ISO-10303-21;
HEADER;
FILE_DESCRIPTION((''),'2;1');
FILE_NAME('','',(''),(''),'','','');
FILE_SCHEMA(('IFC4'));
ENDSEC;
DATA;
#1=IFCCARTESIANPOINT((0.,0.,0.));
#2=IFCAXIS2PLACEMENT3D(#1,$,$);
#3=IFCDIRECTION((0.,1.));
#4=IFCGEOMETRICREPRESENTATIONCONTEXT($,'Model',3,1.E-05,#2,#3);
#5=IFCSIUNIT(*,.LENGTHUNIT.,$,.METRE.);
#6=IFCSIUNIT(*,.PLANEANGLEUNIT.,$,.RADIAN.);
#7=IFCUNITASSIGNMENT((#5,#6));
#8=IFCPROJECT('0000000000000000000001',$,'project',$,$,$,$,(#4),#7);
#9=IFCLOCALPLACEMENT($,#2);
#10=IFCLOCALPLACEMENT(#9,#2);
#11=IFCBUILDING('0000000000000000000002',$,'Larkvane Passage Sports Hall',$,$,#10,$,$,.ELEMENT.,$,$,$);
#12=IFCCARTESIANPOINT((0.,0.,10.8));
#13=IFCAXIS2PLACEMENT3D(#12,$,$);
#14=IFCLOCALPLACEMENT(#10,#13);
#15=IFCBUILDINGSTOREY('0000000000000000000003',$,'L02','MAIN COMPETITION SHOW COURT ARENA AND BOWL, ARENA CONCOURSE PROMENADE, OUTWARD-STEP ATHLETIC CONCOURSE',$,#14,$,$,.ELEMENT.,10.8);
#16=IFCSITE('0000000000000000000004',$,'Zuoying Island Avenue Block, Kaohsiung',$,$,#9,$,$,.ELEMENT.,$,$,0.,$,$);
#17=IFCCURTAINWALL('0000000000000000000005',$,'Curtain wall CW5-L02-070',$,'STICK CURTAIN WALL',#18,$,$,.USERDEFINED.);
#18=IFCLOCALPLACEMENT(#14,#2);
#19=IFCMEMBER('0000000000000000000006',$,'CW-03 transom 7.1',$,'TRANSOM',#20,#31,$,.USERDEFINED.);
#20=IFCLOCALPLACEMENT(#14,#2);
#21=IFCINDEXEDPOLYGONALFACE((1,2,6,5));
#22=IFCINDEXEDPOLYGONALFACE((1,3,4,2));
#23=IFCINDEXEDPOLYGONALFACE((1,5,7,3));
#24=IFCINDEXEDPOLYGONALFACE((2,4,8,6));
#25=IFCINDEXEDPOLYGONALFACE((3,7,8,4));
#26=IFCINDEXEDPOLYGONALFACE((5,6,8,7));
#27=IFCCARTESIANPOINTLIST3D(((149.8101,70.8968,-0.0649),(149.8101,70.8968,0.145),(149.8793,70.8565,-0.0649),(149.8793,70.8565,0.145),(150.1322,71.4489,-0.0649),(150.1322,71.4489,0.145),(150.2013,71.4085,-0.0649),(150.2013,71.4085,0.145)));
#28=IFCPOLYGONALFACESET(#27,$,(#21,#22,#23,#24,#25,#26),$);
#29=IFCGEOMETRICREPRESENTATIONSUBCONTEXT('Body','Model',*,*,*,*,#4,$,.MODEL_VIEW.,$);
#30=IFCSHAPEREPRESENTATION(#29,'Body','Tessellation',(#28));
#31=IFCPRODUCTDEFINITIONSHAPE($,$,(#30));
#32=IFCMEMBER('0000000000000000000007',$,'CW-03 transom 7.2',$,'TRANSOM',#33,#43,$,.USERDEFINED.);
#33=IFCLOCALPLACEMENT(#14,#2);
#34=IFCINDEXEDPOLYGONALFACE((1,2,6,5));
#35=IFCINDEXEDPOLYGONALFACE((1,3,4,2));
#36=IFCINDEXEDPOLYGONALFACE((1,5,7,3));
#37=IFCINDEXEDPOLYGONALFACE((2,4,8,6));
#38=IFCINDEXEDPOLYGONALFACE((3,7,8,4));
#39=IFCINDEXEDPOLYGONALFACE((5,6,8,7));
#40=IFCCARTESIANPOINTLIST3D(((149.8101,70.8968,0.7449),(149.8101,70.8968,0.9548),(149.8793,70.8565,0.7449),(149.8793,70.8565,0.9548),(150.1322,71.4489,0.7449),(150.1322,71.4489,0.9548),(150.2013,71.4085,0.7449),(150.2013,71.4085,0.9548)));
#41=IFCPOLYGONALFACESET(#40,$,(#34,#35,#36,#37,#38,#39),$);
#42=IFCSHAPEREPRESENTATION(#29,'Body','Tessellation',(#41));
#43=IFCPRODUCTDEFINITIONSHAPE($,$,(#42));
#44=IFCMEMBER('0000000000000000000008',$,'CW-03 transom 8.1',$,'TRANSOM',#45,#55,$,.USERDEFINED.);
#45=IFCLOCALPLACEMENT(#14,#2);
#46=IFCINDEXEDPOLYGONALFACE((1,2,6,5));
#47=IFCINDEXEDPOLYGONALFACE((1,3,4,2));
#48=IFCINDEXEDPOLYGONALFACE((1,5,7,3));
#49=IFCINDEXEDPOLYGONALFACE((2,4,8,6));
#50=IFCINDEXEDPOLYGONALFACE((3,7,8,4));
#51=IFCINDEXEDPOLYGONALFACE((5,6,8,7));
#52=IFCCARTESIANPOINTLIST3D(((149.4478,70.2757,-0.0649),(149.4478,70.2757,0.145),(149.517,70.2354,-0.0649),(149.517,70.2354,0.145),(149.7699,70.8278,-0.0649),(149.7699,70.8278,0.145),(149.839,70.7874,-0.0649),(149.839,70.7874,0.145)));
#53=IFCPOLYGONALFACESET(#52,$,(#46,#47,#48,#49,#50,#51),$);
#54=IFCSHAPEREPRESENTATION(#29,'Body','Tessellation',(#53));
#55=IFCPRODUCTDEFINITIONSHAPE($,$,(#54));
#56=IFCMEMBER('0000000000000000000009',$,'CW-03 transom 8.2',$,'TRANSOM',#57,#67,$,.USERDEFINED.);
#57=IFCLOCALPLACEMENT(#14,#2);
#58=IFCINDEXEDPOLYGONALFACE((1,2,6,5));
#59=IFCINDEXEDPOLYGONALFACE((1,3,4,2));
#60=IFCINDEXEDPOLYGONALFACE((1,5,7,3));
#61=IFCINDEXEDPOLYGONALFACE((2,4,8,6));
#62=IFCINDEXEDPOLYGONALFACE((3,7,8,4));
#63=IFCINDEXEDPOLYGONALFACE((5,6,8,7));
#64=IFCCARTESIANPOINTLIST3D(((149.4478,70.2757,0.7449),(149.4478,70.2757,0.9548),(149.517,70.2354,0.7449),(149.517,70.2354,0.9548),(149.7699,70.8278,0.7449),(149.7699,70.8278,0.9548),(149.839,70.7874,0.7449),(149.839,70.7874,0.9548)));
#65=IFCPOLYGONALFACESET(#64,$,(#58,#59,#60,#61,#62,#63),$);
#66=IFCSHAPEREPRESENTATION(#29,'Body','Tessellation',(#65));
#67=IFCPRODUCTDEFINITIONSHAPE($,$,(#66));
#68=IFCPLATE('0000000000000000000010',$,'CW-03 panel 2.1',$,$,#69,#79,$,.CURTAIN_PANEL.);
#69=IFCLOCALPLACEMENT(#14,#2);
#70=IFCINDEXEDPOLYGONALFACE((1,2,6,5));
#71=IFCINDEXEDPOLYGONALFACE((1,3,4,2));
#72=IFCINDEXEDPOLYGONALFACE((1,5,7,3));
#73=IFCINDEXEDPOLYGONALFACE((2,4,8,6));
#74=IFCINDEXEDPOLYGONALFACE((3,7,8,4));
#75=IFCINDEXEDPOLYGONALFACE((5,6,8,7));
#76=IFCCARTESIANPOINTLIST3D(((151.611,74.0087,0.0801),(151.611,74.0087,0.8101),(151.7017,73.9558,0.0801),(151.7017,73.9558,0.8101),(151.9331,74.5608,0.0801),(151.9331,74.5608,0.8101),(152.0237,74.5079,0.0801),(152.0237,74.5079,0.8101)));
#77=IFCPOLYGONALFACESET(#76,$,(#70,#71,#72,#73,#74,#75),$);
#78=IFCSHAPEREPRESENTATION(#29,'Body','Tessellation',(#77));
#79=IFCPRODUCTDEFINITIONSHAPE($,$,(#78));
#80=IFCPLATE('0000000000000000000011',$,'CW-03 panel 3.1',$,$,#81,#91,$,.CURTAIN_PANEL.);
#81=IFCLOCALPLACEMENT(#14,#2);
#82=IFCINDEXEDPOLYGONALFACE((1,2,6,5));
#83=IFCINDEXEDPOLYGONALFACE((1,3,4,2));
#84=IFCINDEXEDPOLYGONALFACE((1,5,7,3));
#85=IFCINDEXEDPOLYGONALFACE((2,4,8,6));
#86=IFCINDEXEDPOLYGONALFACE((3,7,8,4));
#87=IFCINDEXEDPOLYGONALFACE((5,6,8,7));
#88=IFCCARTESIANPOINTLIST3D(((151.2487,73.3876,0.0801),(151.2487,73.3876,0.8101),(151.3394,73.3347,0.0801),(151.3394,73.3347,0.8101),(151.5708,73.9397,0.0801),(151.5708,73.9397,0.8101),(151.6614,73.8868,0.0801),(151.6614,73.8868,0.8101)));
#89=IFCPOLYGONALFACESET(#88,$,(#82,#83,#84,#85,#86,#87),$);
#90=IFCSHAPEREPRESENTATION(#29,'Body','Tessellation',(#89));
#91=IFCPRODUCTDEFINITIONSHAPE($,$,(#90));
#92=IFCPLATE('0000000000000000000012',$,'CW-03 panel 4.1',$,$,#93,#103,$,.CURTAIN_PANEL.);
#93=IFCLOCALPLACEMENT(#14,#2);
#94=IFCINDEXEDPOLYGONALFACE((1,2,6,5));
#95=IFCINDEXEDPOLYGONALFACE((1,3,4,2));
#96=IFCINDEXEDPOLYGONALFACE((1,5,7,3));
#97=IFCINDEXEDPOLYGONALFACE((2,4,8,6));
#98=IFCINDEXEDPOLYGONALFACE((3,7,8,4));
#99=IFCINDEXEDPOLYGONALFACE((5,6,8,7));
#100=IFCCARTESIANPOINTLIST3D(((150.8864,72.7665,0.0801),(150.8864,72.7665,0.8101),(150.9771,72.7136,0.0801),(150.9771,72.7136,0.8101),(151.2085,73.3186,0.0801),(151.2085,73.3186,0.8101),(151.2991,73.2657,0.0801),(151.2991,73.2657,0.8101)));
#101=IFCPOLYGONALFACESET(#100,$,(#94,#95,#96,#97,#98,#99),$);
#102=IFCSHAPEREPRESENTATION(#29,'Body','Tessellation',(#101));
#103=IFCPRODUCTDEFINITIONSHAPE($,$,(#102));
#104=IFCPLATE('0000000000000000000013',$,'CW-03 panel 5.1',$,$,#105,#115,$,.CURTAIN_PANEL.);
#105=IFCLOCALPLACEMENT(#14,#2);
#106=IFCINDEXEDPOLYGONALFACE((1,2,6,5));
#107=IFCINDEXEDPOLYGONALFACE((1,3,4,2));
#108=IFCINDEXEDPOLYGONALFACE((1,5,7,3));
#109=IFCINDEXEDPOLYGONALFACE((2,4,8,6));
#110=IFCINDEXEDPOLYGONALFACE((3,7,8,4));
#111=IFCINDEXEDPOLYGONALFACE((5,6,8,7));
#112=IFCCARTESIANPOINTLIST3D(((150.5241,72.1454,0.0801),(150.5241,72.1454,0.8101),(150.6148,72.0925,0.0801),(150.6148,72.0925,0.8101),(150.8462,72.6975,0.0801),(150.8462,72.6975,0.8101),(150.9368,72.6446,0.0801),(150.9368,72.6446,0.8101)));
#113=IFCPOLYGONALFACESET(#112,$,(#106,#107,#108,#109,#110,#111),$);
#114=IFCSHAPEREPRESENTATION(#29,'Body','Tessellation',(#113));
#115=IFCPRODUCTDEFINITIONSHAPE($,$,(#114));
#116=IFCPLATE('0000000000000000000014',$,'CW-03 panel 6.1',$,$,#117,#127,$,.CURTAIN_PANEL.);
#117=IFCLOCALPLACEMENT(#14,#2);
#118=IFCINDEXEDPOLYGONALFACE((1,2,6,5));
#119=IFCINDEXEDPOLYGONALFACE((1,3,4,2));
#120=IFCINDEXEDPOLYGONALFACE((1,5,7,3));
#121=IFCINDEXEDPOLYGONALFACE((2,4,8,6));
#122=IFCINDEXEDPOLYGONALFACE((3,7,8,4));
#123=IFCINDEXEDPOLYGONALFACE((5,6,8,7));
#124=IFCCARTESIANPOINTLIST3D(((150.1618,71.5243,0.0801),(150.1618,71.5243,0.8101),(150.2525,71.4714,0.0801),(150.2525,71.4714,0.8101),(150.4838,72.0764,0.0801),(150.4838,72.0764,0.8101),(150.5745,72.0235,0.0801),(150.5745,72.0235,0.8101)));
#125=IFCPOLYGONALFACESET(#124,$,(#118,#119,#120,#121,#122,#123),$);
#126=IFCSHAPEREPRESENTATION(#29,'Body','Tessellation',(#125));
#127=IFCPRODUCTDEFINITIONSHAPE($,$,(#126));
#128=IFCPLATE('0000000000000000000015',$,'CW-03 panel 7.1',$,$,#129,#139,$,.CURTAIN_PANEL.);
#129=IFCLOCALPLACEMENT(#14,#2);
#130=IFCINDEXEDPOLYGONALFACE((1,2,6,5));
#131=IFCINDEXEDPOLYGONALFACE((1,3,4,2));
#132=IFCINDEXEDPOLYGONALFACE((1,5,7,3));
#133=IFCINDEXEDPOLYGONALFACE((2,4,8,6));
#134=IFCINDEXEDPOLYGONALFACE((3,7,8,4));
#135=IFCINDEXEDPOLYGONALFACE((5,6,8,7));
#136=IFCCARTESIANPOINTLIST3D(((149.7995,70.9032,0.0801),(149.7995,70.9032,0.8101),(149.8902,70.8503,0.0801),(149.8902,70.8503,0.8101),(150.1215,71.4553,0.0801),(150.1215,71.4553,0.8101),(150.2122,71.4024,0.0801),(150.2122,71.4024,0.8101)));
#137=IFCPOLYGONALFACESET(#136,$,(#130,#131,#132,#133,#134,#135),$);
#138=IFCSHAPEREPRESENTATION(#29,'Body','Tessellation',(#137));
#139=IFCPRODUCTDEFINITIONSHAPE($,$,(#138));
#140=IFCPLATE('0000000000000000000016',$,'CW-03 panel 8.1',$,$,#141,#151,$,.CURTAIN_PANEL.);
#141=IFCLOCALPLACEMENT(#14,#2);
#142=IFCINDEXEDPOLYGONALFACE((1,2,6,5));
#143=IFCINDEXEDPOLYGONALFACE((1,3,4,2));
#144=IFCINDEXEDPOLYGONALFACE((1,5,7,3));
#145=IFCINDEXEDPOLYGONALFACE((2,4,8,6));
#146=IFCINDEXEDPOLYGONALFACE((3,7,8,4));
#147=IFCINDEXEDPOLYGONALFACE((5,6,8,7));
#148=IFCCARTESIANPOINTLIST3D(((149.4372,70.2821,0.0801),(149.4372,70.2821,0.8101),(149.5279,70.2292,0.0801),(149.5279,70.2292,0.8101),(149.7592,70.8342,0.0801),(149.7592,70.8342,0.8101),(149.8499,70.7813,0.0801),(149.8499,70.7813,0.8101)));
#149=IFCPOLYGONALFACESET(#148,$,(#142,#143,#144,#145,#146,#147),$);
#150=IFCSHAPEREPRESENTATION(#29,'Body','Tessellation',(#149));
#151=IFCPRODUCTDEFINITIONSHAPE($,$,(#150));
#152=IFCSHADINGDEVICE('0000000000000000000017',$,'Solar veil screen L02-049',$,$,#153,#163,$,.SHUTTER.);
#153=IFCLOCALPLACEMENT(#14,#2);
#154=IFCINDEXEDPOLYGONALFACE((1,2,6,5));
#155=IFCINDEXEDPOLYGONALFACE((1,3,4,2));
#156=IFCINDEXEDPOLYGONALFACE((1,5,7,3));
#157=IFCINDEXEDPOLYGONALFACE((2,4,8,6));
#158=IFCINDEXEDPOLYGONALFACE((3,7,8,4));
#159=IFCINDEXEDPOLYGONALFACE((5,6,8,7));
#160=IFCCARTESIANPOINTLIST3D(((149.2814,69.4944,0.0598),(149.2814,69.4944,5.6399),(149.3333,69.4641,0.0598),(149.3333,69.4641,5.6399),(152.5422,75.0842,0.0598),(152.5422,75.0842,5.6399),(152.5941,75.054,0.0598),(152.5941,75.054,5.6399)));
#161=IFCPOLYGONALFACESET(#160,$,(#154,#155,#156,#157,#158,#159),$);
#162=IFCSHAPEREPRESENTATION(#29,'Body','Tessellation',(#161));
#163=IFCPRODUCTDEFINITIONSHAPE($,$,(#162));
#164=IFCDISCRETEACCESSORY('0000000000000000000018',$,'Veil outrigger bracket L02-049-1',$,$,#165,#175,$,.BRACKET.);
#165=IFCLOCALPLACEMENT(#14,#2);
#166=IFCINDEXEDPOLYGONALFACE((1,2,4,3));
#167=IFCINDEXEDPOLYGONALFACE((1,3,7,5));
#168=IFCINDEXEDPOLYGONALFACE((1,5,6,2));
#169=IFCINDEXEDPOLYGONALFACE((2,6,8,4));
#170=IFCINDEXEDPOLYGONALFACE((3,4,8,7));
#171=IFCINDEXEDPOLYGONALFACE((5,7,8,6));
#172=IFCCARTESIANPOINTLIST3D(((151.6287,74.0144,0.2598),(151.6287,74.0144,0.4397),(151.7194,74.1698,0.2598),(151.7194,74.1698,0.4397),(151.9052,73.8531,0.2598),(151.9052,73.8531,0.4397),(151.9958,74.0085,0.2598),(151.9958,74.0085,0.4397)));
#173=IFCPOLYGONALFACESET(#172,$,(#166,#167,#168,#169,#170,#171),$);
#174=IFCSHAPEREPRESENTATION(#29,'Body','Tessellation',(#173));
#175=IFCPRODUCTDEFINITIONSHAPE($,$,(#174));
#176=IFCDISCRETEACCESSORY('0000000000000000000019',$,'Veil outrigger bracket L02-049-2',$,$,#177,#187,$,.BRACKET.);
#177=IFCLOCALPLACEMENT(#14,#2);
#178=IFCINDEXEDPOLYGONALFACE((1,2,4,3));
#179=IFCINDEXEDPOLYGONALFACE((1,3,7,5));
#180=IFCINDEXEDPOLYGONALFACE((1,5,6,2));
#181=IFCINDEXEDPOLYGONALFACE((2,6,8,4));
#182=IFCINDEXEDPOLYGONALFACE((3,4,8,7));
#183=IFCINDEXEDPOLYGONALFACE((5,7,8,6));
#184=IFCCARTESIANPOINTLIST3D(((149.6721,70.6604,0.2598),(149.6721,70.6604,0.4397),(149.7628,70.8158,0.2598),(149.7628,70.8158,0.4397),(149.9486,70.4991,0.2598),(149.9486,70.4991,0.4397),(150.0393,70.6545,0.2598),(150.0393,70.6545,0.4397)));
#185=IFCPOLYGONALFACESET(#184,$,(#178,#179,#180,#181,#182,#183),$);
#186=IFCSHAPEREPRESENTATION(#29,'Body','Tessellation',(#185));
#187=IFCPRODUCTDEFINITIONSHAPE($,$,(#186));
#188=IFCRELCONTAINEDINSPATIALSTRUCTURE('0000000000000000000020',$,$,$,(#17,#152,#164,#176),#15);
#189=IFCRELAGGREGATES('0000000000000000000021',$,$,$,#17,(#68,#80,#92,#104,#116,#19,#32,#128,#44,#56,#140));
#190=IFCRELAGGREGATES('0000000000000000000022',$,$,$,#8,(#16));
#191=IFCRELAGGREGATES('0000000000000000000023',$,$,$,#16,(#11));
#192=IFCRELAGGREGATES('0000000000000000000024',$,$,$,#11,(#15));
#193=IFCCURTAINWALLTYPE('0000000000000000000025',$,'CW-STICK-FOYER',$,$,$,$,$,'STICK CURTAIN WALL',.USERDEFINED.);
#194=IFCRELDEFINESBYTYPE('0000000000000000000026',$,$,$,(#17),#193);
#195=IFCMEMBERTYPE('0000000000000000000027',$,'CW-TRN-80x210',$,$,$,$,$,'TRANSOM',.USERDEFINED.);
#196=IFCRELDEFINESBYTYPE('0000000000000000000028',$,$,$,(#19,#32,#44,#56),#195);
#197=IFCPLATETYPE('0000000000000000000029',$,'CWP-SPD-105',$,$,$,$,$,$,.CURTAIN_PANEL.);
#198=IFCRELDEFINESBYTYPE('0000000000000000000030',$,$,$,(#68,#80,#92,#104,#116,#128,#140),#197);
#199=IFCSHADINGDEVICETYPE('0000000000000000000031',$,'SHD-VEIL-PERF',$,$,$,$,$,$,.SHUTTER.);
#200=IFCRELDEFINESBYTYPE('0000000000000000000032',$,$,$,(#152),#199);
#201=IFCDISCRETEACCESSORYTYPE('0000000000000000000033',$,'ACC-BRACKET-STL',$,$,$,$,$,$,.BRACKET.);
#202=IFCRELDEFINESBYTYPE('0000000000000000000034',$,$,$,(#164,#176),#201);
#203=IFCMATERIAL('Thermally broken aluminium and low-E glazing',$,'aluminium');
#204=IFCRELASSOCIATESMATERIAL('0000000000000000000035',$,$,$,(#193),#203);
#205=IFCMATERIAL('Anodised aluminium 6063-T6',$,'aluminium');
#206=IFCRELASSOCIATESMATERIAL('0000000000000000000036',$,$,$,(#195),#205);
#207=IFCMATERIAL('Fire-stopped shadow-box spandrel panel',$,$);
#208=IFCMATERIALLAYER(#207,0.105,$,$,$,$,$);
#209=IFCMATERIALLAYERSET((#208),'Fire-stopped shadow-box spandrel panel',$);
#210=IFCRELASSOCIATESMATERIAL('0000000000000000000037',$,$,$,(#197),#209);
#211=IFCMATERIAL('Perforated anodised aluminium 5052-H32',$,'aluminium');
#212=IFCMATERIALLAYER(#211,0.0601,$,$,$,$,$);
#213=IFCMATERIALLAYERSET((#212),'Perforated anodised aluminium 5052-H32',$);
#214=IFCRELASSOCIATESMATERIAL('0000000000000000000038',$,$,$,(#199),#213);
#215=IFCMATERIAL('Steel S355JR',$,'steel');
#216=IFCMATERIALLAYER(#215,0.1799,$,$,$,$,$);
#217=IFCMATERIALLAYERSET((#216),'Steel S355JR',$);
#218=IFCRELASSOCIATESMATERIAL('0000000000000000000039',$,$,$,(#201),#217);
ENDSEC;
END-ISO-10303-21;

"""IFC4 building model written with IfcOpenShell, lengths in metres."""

from ifc_helpers import new_model, si_unit, direction, frame, origin, origin_2d, place, context, subcontext, project, spatial, rectangle, extrude, material, layer, layer_set, material_profile, profile_set, type_object, element, aggregate, save


model = new_model("IFC4")

# Units and contexts
model_context = context("Model", 3, precision=1e-05, world=origin(), true_north=direction((0.0, 1.0)))
body_context = subcontext(model_context, "Body", "Model", "MODEL_VIEW")
ifc_project = project(units=[si_unit("LENGTHUNIT", "METRE"), si_unit("PLANEANGLEUNIT", "RADIAN")], contexts=[model_context])

# Site, building, storey
site_placement = place(None, origin())
site = spatial("IfcSite", under=ifc_project, at=site_placement, Name="Zuoying Island Avenue Block, Kaohsiung", CompositionType="ELEMENT", RefElevation=0.0)
building_placement = place(site_placement, origin())
building = spatial("IfcBuilding", under=site, at=building_placement, Name="Larkvane Passage Sports Hall", CompositionType="ELEMENT")
storey_placement = place(building_placement, frame((0.0, 0.0, 10.8)))
storey = spatial("IfcBuildingStorey", under=building, at=storey_placement, Name="L02", Description="MAIN COMPETITION SHOW COURT ARENA AND BOWL, ARENA CONCOURSE PROMENADE, OUTWARD-STEP ATHLETIC CONCOURSE", CompositionType="ELEMENT", Elevation=10.8)

# Curtain wall, members, plates
ifc_material_1 = material(Name="Thermally broken aluminium and low-E glazing", Category="aluminium")
curtain_wall_type = type_object("IfcCurtainWallType", Name="CW-STICK-FOYER", ElementType="STICK CURTAIN WALL", PredefinedType="USERDEFINED", material=ifc_material_1)
curtain_wall_placement = place(storey_placement, origin())
curtain_wall = element("IfcCurtainWall", 1, at=curtain_wall_placement, inside=storey, type_object=curtain_wall_type, Name="Curtain wall CW5-L02-070", ObjectType="STICK CURTAIN WALL", PredefinedType="USERDEFINED")
ifc_material_2 = material(Name="Anodised aluminium 6063-T6", Category="aluminium")
ifc_material_profile_1 = material_profile(ifc_material_2, rectangle(XDim=0.0801, YDim=0.21, at=origin_2d()), Name="ALU-TRN-80x210")
ifc_profile_set_1 = profile_set([ifc_material_profile_1], Name="Anodised aluminium 6063-T6")
member_type_1 = type_object("IfcMemberType", Name="CW-TRN-80x210", ElementType="TRANSOM", PredefinedType="USERDEFINED", material=ifc_profile_set_1)
member_1_placement = place(storey_placement, frame((150.1667, 71.4287, 0.04), z_axis=(-0.503895, -0.863765, 0.0), x_axis=(0.863765, -0.503895, 0.0)))
member_1 = element("IfcMember", 2, at=member_1_placement, type_object=member_type_1, Name="CW-03 transom 7.1", ObjectType="TRANSOM", PredefinedType="USERDEFINED", context=body_context, shape_type="SweptSolid", body=[
    extrude(rectangle(XDim=0.0801, YDim=0.21, at=origin_2d()), origin(), (0.0, 0.0, 1.0), 0.6392),
])
member_2_placement = place(storey_placement, frame((150.1667, 71.4287, 0.8499), z_axis=(-0.503895, -0.863765, 0.0), x_axis=(0.863765, -0.503895, 0.0)))
member_2 = element("IfcMember", 3, at=member_2_placement, type_object=member_type_1, Name="CW-03 transom 7.2", ObjectType="TRANSOM", PredefinedType="USERDEFINED", context=body_context, shape_type="SweptSolid", body=[
    extrude(rectangle(XDim=0.0801, YDim=0.21, at=origin_2d()), origin(), (0.0, 0.0, 1.0), 0.6392),
])
member_3_placement = place(storey_placement, frame((149.8044, 70.8076, 0.04), z_axis=(-0.503895, -0.863765, 0.0), x_axis=(0.863765, -0.503895, 0.0)))
member_3 = element("IfcMember", 4, at=member_3_placement, type_object=member_type_1, Name="CW-03 transom 8.1", ObjectType="TRANSOM", PredefinedType="USERDEFINED", context=body_context, shape_type="SweptSolid", body=[
    extrude(rectangle(XDim=0.0801, YDim=0.21, at=origin_2d()), origin(), (0.0, 0.0, 1.0), 0.6392),
])
member_4_placement = place(storey_placement, frame((149.8044, 70.8076, 0.8499), z_axis=(-0.503895, -0.863765, 0.0), x_axis=(0.863765, -0.503895, 0.0)))
member_4 = element("IfcMember", 5, at=member_4_placement, type_object=member_type_1, Name="CW-03 transom 8.2", ObjectType="TRANSOM", PredefinedType="USERDEFINED", context=body_context, shape_type="SweptSolid", body=[
    extrude(rectangle(XDim=0.0801, YDim=0.21, at=origin_2d()), origin(), (0.0, 0.0, 1.0), 0.6392),
])
ifc_material_3 = material(Name="Fire-stopped shadow-box spandrel panel")
ifc_layer_1 = layer(ifc_material_3, 0.105)
ifc_layer_set_1 = layer_set([ifc_layer_1], Name="Fire-stopped shadow-box spandrel panel")
plate_type = type_object("IfcPlateType", Name="CWP-SPD-105", PredefinedType="CURTAIN_PANEL", material=ifc_layer_set_1)
plate_1_placement = place(storey_placement, frame((151.8174, 74.2583, 0.0801), z_axis=(0.0, 0.0, 1.0), x_axis=(-0.503867, -0.863781, 0.0)))
plate_1 = element("IfcPlate", 6, at=plate_1_placement, type_object=plate_type, Name="CW-03 panel 2.1", PredefinedType="CURTAIN_PANEL", context=body_context, shape_type="SweptSolid", body=[
    extrude(rectangle(XDim=0.6392, YDim=0.105, at=origin_2d()), origin(), (0.0, 0.0, 1.0), 0.73),
])
plate_2_placement = place(storey_placement, frame((151.4551, 73.6372, 0.0801), z_axis=(0.0, 0.0, 1.0), x_axis=(-0.503867, -0.863781, 0.0)))
plate_2 = element("IfcPlate", 7, at=plate_2_placement, type_object=plate_type, Name="CW-03 panel 3.1", PredefinedType="CURTAIN_PANEL", context=body_context, shape_type="SweptSolid", body=[
    extrude(rectangle(XDim=0.6392, YDim=0.105, at=origin_2d()), origin(), (0.0, 0.0, 1.0), 0.73),
])
plate_3_placement = place(storey_placement, frame((151.0928, 73.0161, 0.0801), z_axis=(0.0, 0.0, 1.0), x_axis=(-0.503867, -0.863781, 0.0)))
plate_3 = element("IfcPlate", 8, at=plate_3_placement, type_object=plate_type, Name="CW-03 panel 4.1", PredefinedType="CURTAIN_PANEL", context=body_context, shape_type="SweptSolid", body=[
    extrude(rectangle(XDim=0.6392, YDim=0.105, at=origin_2d()), origin(), (0.0, 0.0, 1.0), 0.73),
])
plate_4_placement = place(storey_placement, frame((150.7305, 72.395, 0.0801), z_axis=(0.0, 0.0, 1.0), x_axis=(-0.503867, -0.863781, 0.0)))
plate_4 = element("IfcPlate", 9, at=plate_4_placement, type_object=plate_type, Name="CW-03 panel 5.1", PredefinedType="CURTAIN_PANEL", context=body_context, shape_type="SweptSolid", body=[
    extrude(rectangle(XDim=0.6392, YDim=0.105, at=origin_2d()), origin(), (0.0, 0.0, 1.0), 0.73),
])
plate_5_placement = place(storey_placement, frame((150.3682, 71.7739, 0.0801), z_axis=(0.0, 0.0, 1.0), x_axis=(-0.503867, -0.863781, 0.0)))
plate_5 = element("IfcPlate", 10, at=plate_5_placement, type_object=plate_type, Name="CW-03 panel 6.1", PredefinedType="CURTAIN_PANEL", context=body_context, shape_type="SweptSolid", body=[
    extrude(rectangle(XDim=0.6392, YDim=0.105, at=origin_2d()), origin(), (0.0, 0.0, 1.0), 0.73),
])
plate_6_placement = place(storey_placement, frame((150.0059, 71.1528, 0.0801), z_axis=(0.0, 0.0, 1.0), x_axis=(-0.503867, -0.863781, 0.0)))
plate_6 = element("IfcPlate", 11, at=plate_6_placement, type_object=plate_type, Name="CW-03 panel 7.1", PredefinedType="CURTAIN_PANEL", context=body_context, shape_type="SweptSolid", body=[
    extrude(rectangle(XDim=0.6392, YDim=0.105, at=origin_2d()), origin(), (0.0, 0.0, 1.0), 0.73),
])
plate_7_placement = place(storey_placement, frame((149.6436, 70.5317, 0.0801), z_axis=(0.0, 0.0, 1.0), x_axis=(-0.503867, -0.863781, 0.0)))
plate_7 = element("IfcPlate", 12, at=plate_7_placement, type_object=plate_type, Name="CW-03 panel 8.1", PredefinedType="CURTAIN_PANEL", context=body_context, shape_type="SweptSolid", body=[
    extrude(rectangle(XDim=0.6392, YDim=0.105, at=origin_2d()), origin(), (0.0, 0.0, 1.0), 0.73),
])
aggregate(curtain_wall, [plate_1, plate_2, plate_3, plate_4, plate_5, member_1, member_2, plate_6, member_3, member_4, plate_7])

# Shading device
ifc_material_4 = material(Name="Perforated anodised aluminium 5052-H32", Category="aluminium")
ifc_layer_2 = layer(ifc_material_4, 0.0601)
ifc_layer_set_2 = layer_set([ifc_layer_2], Name="Perforated anodised aluminium 5052-H32")
shading_device_type = type_object("IfcShadingDeviceType", Name="SHD-VEIL-PERF", PredefinedType="SHUTTER", material=ifc_layer_set_2)
shading_device_placement = place(storey_placement, frame((150.9377, 72.2742, 0.0598), z_axis=(0.0, 0.0, 1.0), x_axis=(-0.503871, -0.863779, 0.0)))
element("IfcShadingDevice", 13, at=shading_device_placement, inside=storey, type_object=shading_device_type, Name="Solar veil screen L02-049", PredefinedType="SHUTTER", context=body_context, shape_type="SweptSolid", body=[
    extrude(rectangle(XDim=6.4714, YDim=0.0601, at=origin_2d()), origin(), (0.0, 0.0, 1.0), 5.5801),
])

# Discrete accessories
ifc_material_5 = material(Name="Steel S355JR", Category="steel")
ifc_layer_3 = layer(ifc_material_5, 0.1799)
ifc_layer_set_3 = layer_set([ifc_layer_3], Name="Steel S355JR")
discrete_accessory_type = type_object("IfcDiscreteAccessoryType", Name="ACC-BRACKET-STL", PredefinedType="BRACKET", material=ifc_layer_set_3)
for number, where, z_axis, x_axis, name in (
    (14, (151.8123, 74.0115, 0.2598), (0.0, 0.0, 1.0), (-0.503871, -0.863779, 0.0), "Veil outrigger bracket L02-049-1"),
    (15, (149.8557, 70.6575, 0.2598), (0.0, 0.0, 1.0), (-0.503871, -0.863779, 0.0), "Veil outrigger bracket L02-049-2"),
):
    element("IfcDiscreteAccessory", number, at=place(storey_placement, frame(where, z_axis=z_axis, x_axis=x_axis)), inside=storey, type_object=discrete_accessory_type, Name=name, PredefinedType="BRACKET", context=body_context, shape_type="SweptSolid", body=[
        extrude(rectangle(XDim=0.1799, YDim=0.3201, at=origin_2d()), origin(), (0.0, 0.0, 1.0), 0.1799),
    ])

save(model, "model.ifc")
